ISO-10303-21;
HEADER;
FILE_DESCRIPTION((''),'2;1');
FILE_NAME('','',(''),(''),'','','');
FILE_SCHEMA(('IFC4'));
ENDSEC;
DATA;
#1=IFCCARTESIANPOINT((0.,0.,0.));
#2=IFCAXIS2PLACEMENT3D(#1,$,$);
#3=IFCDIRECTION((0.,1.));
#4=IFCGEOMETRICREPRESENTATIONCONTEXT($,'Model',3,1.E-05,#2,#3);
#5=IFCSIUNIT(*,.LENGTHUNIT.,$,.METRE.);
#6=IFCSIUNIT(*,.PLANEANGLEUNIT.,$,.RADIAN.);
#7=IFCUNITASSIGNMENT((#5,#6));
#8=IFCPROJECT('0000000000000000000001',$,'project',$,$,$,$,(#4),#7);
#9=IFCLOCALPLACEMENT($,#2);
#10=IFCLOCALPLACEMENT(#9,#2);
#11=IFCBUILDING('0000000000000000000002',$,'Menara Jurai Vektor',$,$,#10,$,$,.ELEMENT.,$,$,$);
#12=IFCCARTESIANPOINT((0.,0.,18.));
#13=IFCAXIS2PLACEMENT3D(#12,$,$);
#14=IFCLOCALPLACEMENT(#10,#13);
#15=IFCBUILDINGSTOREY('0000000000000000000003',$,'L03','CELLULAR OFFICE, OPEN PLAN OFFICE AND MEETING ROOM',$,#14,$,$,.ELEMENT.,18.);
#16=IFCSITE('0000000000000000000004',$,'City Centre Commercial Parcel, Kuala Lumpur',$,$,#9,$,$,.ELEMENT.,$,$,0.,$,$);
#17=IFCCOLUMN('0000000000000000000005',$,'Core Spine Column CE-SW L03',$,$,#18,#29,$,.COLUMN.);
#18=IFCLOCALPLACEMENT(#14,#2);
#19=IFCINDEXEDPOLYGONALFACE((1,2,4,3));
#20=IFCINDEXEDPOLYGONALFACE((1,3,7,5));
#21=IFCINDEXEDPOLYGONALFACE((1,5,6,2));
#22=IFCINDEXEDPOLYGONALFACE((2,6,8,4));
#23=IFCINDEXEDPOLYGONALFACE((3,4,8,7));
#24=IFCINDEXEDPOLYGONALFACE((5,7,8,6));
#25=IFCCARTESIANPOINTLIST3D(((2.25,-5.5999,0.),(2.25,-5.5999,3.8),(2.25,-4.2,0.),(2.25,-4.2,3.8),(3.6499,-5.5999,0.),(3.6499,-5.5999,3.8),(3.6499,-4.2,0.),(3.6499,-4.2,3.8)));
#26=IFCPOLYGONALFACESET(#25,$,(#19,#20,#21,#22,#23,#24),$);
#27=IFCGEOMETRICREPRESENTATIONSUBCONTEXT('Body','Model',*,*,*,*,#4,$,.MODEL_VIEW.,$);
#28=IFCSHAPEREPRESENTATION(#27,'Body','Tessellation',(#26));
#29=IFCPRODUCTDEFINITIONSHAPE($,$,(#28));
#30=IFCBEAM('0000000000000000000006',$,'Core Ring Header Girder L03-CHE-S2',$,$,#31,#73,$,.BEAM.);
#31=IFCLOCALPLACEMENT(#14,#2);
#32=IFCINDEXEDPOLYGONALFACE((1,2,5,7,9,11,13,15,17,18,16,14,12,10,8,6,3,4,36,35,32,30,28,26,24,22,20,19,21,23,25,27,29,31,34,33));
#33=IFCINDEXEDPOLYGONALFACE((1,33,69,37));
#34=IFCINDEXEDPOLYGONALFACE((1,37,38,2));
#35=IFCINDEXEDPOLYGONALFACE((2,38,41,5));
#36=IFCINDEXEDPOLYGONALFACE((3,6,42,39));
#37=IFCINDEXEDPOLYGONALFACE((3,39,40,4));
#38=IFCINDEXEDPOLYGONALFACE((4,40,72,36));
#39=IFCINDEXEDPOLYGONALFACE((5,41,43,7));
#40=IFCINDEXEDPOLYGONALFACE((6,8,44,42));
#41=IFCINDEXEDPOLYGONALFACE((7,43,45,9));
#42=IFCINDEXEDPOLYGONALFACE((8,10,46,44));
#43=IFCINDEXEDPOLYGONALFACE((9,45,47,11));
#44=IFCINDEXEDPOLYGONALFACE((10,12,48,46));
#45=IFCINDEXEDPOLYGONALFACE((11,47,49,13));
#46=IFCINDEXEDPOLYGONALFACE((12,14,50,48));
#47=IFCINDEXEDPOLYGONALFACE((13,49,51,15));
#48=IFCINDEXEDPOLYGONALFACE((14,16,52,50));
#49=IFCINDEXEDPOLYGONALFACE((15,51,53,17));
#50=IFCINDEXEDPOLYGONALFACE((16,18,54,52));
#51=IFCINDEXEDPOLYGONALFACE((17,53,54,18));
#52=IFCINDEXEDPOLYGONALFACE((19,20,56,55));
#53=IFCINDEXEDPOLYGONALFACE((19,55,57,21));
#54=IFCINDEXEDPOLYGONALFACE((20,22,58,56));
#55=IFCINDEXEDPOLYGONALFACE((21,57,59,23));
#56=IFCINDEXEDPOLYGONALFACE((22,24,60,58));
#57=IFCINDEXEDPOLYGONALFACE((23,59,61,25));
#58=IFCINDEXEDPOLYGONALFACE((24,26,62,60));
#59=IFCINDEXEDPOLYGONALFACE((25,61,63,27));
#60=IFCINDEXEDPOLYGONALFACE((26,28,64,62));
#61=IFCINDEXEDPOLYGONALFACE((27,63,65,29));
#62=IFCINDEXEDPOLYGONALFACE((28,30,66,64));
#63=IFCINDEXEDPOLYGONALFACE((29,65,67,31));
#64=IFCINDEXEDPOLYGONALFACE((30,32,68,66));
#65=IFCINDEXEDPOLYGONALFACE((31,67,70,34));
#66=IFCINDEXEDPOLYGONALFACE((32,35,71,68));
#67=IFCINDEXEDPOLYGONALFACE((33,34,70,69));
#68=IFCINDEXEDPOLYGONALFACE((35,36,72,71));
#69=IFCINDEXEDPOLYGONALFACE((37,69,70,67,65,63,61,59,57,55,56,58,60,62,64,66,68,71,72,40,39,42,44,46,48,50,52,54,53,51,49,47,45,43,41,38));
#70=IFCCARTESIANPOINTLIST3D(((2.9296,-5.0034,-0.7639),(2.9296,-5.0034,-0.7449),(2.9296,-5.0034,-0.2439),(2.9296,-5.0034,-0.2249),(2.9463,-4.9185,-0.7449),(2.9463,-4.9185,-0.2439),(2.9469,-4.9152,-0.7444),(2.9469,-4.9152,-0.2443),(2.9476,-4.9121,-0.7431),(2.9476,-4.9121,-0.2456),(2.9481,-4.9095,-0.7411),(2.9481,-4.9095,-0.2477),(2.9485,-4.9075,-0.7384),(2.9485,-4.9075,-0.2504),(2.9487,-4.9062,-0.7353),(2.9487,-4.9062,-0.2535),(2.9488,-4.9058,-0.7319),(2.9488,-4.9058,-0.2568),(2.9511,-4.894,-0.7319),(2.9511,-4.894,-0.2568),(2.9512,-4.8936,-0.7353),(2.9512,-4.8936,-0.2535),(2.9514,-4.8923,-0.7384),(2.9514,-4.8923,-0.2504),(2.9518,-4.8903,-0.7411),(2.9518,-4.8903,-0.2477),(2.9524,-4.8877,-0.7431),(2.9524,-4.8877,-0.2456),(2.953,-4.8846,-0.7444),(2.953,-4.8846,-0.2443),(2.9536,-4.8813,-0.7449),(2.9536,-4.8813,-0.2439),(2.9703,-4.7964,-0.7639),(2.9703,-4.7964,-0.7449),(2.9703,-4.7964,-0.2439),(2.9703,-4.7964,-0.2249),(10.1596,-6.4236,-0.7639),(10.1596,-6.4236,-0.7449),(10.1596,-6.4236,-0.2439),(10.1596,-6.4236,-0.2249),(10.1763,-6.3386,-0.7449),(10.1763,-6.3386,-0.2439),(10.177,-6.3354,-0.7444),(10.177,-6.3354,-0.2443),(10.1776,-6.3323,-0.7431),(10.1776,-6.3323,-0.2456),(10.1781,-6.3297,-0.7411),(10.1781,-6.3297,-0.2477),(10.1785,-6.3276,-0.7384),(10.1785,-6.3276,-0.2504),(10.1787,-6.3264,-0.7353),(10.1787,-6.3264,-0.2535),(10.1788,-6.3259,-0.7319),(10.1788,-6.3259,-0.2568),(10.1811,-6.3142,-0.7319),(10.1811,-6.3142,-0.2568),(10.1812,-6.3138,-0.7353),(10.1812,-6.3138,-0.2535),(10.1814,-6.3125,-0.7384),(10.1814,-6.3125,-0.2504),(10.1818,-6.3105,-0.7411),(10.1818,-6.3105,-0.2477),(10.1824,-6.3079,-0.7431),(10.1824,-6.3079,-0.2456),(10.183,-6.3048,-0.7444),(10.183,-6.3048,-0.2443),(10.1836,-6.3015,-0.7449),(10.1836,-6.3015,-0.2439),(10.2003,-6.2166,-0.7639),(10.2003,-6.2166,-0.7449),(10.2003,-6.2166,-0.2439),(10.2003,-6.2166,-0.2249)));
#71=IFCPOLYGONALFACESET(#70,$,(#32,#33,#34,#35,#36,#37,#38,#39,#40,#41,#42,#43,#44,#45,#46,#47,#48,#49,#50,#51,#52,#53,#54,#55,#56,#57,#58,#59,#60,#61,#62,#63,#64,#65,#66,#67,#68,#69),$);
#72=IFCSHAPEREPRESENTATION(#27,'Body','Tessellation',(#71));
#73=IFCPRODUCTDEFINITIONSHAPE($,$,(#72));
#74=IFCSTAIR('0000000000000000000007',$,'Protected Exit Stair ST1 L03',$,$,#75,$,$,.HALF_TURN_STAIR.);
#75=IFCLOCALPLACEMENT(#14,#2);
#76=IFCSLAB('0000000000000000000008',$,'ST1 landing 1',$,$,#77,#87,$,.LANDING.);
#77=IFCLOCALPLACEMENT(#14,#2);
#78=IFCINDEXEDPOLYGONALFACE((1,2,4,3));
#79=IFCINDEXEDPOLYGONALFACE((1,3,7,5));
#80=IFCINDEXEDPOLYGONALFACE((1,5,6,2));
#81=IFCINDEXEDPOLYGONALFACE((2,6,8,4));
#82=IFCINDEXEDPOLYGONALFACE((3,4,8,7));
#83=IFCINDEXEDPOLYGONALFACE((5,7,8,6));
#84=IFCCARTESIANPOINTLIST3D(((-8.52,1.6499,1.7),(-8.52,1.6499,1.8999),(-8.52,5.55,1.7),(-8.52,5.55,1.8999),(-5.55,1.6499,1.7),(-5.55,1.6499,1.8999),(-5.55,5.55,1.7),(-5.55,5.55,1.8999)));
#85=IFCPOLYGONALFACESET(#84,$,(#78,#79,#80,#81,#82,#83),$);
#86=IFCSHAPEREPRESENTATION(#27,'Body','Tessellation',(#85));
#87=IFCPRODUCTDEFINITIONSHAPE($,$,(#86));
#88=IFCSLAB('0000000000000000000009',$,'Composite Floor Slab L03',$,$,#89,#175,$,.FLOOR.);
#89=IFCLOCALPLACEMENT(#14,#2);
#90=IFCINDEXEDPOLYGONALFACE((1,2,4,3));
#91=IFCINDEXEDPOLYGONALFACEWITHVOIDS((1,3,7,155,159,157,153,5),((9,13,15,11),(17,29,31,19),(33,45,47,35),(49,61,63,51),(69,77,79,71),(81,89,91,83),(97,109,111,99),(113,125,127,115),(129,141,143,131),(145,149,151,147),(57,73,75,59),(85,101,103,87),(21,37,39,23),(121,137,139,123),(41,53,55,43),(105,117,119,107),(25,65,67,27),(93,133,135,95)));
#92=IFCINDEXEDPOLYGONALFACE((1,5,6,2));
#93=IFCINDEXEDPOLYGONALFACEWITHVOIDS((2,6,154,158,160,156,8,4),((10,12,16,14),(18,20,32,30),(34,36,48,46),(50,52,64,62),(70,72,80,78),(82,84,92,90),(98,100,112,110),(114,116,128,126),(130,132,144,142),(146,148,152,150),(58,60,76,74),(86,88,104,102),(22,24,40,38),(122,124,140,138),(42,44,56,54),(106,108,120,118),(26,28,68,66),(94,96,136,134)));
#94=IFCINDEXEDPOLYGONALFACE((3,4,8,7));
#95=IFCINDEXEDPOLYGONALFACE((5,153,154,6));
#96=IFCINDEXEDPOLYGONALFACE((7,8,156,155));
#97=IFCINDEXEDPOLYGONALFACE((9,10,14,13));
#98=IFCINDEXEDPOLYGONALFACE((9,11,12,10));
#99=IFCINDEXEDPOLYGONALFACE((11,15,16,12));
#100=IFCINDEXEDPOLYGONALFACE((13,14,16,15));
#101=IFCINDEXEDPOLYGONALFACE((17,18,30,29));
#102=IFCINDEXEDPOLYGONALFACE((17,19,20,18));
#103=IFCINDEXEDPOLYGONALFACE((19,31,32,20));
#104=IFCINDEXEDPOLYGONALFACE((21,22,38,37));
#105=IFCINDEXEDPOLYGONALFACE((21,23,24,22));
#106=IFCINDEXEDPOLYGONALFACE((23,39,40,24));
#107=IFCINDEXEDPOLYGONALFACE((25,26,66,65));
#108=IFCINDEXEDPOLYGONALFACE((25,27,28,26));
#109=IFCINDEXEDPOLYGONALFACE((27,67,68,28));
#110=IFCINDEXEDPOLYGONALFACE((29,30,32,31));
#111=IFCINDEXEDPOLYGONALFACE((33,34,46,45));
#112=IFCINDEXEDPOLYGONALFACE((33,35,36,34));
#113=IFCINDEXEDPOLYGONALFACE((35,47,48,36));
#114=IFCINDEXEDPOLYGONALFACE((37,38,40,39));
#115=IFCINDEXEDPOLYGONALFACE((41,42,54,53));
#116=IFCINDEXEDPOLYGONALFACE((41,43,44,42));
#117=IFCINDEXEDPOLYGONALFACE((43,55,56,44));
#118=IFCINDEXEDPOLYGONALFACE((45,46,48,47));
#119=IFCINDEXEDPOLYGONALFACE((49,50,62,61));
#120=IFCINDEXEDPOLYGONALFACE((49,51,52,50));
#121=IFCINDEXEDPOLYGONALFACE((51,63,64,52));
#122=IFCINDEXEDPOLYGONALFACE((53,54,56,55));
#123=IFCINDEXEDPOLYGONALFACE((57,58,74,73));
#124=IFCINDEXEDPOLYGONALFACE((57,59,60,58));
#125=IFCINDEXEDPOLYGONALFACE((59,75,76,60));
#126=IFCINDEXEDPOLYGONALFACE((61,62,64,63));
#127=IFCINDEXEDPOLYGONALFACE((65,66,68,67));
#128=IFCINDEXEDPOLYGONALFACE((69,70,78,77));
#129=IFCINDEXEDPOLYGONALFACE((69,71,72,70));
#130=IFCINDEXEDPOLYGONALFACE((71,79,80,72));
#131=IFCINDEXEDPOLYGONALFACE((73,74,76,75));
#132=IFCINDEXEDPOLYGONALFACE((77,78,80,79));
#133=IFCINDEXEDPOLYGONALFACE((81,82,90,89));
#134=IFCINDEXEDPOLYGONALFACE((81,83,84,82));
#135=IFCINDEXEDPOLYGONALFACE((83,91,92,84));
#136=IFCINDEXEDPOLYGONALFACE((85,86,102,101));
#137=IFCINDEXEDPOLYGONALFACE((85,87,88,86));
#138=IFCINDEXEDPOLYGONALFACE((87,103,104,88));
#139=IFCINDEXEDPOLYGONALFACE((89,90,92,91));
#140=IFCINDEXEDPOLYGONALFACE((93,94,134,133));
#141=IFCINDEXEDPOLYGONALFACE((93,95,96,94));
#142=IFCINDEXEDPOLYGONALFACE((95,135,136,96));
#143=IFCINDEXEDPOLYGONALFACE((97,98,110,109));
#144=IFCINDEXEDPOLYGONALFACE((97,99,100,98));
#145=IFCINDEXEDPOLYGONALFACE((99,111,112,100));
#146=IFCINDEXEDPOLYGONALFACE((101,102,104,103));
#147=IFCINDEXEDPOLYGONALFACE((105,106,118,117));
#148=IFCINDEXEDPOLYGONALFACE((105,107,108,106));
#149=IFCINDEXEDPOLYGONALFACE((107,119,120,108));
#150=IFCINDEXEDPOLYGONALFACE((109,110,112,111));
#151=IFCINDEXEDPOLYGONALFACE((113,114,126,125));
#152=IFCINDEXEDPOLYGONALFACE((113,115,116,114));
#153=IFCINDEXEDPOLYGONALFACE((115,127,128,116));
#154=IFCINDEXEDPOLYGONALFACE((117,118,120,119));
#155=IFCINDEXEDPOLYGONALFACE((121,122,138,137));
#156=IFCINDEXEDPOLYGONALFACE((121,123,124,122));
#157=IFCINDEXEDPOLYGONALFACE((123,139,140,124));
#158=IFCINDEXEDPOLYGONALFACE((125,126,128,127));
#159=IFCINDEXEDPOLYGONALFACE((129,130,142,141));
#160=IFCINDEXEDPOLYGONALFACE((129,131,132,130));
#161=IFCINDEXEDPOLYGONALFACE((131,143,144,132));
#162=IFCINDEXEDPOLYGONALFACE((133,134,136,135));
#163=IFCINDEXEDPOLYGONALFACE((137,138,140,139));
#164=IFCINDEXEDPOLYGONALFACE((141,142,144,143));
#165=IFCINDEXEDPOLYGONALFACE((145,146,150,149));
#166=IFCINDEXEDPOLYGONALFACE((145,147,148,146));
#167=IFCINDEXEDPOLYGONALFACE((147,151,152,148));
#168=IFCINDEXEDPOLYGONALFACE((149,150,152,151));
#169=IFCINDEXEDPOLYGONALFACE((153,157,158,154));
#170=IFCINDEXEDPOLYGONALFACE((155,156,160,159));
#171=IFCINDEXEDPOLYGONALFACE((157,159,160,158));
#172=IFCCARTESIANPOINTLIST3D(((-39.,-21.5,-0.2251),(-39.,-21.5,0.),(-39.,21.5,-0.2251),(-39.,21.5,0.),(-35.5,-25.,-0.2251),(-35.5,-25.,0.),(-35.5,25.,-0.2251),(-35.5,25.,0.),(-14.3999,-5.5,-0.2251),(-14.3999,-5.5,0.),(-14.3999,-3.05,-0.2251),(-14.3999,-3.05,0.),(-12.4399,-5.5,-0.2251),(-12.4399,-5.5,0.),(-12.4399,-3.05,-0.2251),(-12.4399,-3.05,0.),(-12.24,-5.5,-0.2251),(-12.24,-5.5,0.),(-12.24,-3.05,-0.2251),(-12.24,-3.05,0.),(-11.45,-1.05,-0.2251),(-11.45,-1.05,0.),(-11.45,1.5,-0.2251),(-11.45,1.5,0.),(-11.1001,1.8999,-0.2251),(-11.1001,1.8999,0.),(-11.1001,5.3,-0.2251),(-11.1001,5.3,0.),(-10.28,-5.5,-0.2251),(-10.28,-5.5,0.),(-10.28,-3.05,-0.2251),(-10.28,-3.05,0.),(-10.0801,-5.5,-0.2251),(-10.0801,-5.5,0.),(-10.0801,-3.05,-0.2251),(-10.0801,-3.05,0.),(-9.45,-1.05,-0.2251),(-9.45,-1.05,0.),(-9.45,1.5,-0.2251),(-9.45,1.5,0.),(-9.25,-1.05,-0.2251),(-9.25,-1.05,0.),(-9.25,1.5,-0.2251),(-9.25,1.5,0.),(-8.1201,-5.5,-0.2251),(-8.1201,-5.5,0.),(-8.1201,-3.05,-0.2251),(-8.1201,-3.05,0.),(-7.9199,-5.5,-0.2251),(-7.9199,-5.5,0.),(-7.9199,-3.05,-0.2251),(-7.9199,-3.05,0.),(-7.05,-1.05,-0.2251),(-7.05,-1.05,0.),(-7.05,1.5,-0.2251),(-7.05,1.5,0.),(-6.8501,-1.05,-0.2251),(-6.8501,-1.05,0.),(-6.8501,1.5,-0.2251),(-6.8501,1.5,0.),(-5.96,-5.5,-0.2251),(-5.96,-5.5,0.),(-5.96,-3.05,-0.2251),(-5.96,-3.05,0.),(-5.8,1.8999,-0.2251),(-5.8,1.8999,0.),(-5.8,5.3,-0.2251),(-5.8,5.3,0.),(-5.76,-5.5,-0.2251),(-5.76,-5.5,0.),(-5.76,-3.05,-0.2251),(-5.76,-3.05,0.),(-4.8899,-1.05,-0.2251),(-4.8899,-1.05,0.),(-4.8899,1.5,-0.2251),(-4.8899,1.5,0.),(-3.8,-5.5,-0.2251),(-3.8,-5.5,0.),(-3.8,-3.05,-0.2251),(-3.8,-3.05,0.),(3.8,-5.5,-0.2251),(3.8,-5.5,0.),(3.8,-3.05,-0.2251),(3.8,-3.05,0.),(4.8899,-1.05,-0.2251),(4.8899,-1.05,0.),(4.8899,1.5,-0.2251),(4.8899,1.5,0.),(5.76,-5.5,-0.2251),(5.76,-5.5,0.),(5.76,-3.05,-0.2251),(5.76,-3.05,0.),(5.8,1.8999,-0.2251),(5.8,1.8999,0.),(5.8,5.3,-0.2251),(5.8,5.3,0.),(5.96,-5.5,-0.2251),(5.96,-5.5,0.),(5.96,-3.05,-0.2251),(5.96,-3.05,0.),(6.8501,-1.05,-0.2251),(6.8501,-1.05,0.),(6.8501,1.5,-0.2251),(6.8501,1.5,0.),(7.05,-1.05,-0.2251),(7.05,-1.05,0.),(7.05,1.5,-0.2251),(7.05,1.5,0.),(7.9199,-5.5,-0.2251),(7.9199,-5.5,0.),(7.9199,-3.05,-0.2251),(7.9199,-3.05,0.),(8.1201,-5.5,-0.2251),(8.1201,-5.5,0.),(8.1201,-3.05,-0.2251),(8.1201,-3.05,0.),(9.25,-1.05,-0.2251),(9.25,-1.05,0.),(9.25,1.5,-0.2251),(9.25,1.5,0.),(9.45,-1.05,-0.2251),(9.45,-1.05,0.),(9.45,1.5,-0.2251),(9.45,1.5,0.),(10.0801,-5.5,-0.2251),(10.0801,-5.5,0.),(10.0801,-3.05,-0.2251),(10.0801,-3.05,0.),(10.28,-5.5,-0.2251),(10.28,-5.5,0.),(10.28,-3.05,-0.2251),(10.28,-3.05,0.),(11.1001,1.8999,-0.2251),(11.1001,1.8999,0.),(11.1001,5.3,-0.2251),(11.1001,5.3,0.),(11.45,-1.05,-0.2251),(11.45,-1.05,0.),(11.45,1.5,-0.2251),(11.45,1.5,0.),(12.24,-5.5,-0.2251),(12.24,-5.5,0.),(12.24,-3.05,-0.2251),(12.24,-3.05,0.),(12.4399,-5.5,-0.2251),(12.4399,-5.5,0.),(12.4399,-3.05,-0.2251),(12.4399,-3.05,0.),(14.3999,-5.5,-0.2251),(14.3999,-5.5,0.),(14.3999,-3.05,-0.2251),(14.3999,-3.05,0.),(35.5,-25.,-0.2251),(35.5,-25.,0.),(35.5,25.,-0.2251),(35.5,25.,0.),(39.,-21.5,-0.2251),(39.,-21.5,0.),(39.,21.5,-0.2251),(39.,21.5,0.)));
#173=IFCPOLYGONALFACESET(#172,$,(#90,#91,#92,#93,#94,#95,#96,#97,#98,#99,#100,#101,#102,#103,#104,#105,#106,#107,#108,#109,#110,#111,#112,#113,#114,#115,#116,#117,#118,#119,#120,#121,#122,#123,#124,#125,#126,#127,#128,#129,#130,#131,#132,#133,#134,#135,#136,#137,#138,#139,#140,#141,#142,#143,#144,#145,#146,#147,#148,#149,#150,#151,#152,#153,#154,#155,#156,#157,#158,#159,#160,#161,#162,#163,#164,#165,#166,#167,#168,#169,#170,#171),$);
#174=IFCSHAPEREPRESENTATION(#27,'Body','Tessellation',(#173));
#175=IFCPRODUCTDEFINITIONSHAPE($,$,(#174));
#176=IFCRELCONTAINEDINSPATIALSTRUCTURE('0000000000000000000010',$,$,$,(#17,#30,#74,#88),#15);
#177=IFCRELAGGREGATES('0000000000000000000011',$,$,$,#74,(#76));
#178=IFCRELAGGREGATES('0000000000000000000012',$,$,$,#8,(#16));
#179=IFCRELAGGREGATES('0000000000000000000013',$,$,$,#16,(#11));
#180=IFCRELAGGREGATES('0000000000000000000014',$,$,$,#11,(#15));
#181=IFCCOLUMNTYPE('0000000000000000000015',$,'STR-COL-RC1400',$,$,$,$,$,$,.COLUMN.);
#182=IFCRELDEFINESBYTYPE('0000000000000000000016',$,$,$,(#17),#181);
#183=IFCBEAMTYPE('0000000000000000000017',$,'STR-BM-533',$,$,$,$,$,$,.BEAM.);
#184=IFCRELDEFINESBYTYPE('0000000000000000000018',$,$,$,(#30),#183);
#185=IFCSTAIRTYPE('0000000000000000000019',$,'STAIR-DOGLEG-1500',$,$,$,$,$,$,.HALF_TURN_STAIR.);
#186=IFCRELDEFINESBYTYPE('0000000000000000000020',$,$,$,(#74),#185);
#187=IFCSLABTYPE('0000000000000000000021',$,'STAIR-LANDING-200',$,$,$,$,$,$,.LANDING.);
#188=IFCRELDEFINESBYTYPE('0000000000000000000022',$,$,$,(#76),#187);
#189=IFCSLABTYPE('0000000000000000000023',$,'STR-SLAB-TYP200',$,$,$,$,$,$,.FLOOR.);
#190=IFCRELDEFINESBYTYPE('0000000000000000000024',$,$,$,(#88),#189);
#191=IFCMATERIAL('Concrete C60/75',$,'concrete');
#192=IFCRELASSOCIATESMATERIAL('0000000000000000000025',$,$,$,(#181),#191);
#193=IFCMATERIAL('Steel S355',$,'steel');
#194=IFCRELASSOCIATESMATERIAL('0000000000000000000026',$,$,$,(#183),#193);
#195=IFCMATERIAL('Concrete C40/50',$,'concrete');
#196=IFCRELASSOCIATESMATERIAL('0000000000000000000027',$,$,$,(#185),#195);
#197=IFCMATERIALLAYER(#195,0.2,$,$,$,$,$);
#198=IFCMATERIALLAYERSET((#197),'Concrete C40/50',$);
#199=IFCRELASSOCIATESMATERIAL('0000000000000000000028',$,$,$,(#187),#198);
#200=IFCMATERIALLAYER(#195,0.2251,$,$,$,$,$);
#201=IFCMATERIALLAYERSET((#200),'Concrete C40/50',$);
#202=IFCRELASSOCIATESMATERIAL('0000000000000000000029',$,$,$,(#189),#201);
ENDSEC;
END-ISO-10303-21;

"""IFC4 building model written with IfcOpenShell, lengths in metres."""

from ifc_helpers import new_model, si_unit, direction, frame, origin, origin_2d, place, context, subcontext, project, spatial, polyline, rectangle, i_section, outline, extrude, material, layer, layer_set, material_profile, profile_set, type_object, element, aggregate, save


model = new_model("IFC4")

# Units and contexts
model_context = context("Model", 3, precision=1e-05, world=origin(), true_north=direction((0.0, 1.0)))
body_context = subcontext(model_context, "Body", "Model", "MODEL_VIEW")
ifc_project = project(units=[si_unit("LENGTHUNIT", "METRE"), si_unit("PLANEANGLEUNIT", "RADIAN")], contexts=[model_context])

# Site, building, storey
site_placement = place(None, origin())
site = spatial("IfcSite", under=ifc_project, at=site_placement, Name="City Centre Commercial Parcel, Kuala Lumpur", CompositionType="ELEMENT", RefElevation=0.0)
building_placement = place(site_placement, origin())
building = spatial("IfcBuilding", under=site, at=building_placement, Name="Menara Jurai Vektor", CompositionType="ELEMENT")
storey_placement = place(building_placement, frame((0.0, 0.0, 18.0)))
storey = spatial("IfcBuildingStorey", under=building, at=storey_placement, Name="L03", Description="CELLULAR OFFICE, OPEN PLAN OFFICE AND MEETING ROOM", CompositionType="ELEMENT", Elevation=18.0)

# Column
ifc_material_1 = material(Name="Concrete C60/75", Category="concrete")
ifc_material_profile_1 = material_profile(ifc_material_1, rectangle(XDim=1.3999, YDim=1.3999, at=origin_2d()), Name="RC 1400x1400")
ifc_profile_set_1 = profile_set([ifc_material_profile_1], Name="Concrete C60/75")
column_type = type_object("IfcColumnType", Name="STR-COL-RC1400", PredefinedType="COLUMN", material=ifc_profile_set_1)
column_placement = place(storey_placement, frame((2.95, -4.8999, 0.0), z_axis=(0.0, 0.0, 1.0), x_axis=(1.0, 0.0, 0.0)))
element("IfcColumn", 1, at=column_placement, inside=storey, type_object=column_type, Name="Core Spine Column CE-SW L03", PredefinedType="COLUMN", context=body_context, shape_type="SweptSolid", body=[
    extrude(rectangle(XDim=1.3999, YDim=1.3999, at=origin_2d()), origin(), (0.0, 0.0, 1.0), 3.8),
])

# Beam
ifc_material_2 = material(Name="Steel S355", Category="steel")
ifc_material_profile_2 = material_profile(ifc_material_2, i_section(OverallWidth=0.2109, OverallDepth=0.5391, WebThickness=0.012, FlangeThickness=0.019, FilletRadius=0.0129, at=origin_2d()), Name="UKB 533x210x109")
ifc_profile_set_2 = profile_set([ifc_material_profile_2], Name="Steel S355")
beam_type = type_object("IfcBeamType", Name="STR-BM-533", PredefinedType="BEAM", material=ifc_profile_set_2)
beam_placement = place(storey_placement, frame((2.95, -4.8999, -0.4944), z_axis=(0.981249, -0.192744, 0.0), x_axis=(0.192744, 0.981249, 0.0)))
element("IfcBeam", 2, at=beam_placement, inside=storey, type_object=beam_type, Name="Core Ring Header Girder L03-CHE-S2", PredefinedType="BEAM", context=body_context, shape_type="SweptSolid", body=[
    extrude(i_section(OverallWidth=0.2109, OverallDepth=0.5391, WebThickness=0.012, FlangeThickness=0.019, FilletRadius=0.0129, at=origin_2d()), origin(), (0.0, 0.0, 1.0), 7.3682),
])

# Stair, slab
ifc_material_3 = material(Name="Concrete C40/50", Category="concrete")
stair_type = type_object("IfcStairType", Name="STAIR-DOGLEG-1500", PredefinedType="HALF_TURN_STAIR", material=ifc_material_3)
stair_placement = place(storey_placement, origin())
stair = element("IfcStair", 3, at=stair_placement, inside=storey, type_object=stair_type, Name="Protected Exit Stair ST1 L03", PredefinedType="HALF_TURN_STAIR")
ifc_layer_1 = layer(ifc_material_3, 0.2)
ifc_layer_set_1 = layer_set([ifc_layer_1], Name="Concrete C40/50")
slab_type_1 = type_object("IfcSlabType", Name="STAIR-LANDING-200", PredefinedType="LANDING", material=ifc_layer_set_1)
slab_1_placement = place(storey_placement, frame((0.0, 0.0, 1.7)))
slab_1 = element("IfcSlab", 4, at=slab_1_placement, type_object=slab_type_1, Name="ST1 landing 1", PredefinedType="LANDING", context=body_context, shape_type="SweptSolid", body=[
    extrude(outline(polyline([(-8.52, 1.6499), (-5.55, 1.6499), (-5.55, 5.55), (-8.52, 5.55), (-8.52, 1.6499)])), origin(), (0.0, 0.0, 1.0), 0.2),
])
aggregate(stair, [slab_1])

# Slab
ifc_layer_2 = layer(ifc_material_3, 0.2251)
ifc_layer_set_2 = layer_set([ifc_layer_2], Name="Concrete C40/50")
slab_type_2 = type_object("IfcSlabType", Name="STR-SLAB-TYP200", PredefinedType="FLOOR", material=ifc_layer_set_2)
slab_2_placement = place(storey_placement, frame((0.0, 0.0, -0.2251)))
element("IfcSlab", 5, at=slab_2_placement, inside=storey, type_object=slab_type_2, Name="Composite Floor Slab L03", PredefinedType="FLOOR", context=body_context, shape_type="SweptSolid", body=[
    extrude(outline(polyline([(-35.5, -25.0), (35.5, -25.0), (39.0, -21.5), (39.0, 21.5), (35.5, 25.0), (-35.5, 25.0), (-39.0, 21.5), (-39.0, -21.5), (-35.5, -25.0)]), holes=[polyline([(-11.1001, 1.8999), (-11.1001, 5.3), (-5.8, 5.3), (-5.8, 1.8999), (-11.1001, 1.8999)]), polyline([(5.8, 1.8999), (5.8, 5.3), (11.1001, 5.3), (11.1001, 1.8999), (5.8, 1.8999)]), polyline([(-11.45, -1.05), (-11.45, 1.5), (-9.45, 1.5), (-9.45, -1.05), (-11.45, -1.05)]), polyline([(9.45, -1.05), (9.45, 1.5), (11.45, 1.5), (11.45, -1.05), (9.45, -1.05)]), polyline([(-5.76, -5.5), (-5.76, -3.05), (-3.8, -3.05), (-3.8, -5.5), (-5.76, -5.5)]), polyline([(-6.8501, -1.05), (-6.8501, 1.5), (-4.8899, 1.5), (-4.8899, -1.05), (-6.8501, -1.05)]), polyline([(3.8, -5.5), (3.8, -3.05), (5.76, -3.05), (5.76, -5.5), (3.8, -5.5)]), polyline([(4.8899, -1.05), (4.8899, 1.5), (6.8501, 1.5), (6.8501, -1.05), (4.8899, -1.05)]), polyline([(-14.3999, -5.5), (-14.3999, -3.05), (-12.4399, -3.05), (-12.4399, -5.5), (-14.3999, -5.5)]), polyline([(-12.24, -5.5), (-12.24, -3.05), (-10.28, -3.05), (-10.28, -5.5), (-12.24, -5.5)]), polyline([(10.28, -5.5), (10.28, -3.05), (12.24, -3.05), (12.24, -5.5), (10.28, -5.5)]), polyline([(12.4399, -5.5), (12.4399, -3.05), (14.3999, -3.05), (14.3999, -5.5), (12.4399, -5.5)]), polyline([(-10.0801, -5.5), (-10.0801, -3.05), (-8.1201, -3.05), (-8.1201, -5.5), (-10.0801, -5.5)]), polyline([(-7.9199, -5.5), (-7.9199, -3.05), (-5.96, -3.05), (-5.96, -5.5), (-7.9199, -5.5)]), polyline([(5.96, -5.5), (5.96, -3.05), (7.9199, -3.05), (7.9199, -5.5), (5.96, -5.5)]), polyline([(8.1201, -5.5), (8.1201, -3.05), (10.0801, -3.05), (10.0801, -5.5), (8.1201, -5.5)]), polyline([(-9.25, -1.05), (-9.25, 1.5), (-7.05, 1.5), (-7.05, -1.05), (-9.25, -1.05)]), polyline([(7.05, -1.05), (7.05, 1.5), (9.25, 1.5), (9.25, -1.05), (7.05, -1.05)])]), origin(), (0.0, 0.0, 1.0), 0.2251),
])

save(model, "model.ifc")
